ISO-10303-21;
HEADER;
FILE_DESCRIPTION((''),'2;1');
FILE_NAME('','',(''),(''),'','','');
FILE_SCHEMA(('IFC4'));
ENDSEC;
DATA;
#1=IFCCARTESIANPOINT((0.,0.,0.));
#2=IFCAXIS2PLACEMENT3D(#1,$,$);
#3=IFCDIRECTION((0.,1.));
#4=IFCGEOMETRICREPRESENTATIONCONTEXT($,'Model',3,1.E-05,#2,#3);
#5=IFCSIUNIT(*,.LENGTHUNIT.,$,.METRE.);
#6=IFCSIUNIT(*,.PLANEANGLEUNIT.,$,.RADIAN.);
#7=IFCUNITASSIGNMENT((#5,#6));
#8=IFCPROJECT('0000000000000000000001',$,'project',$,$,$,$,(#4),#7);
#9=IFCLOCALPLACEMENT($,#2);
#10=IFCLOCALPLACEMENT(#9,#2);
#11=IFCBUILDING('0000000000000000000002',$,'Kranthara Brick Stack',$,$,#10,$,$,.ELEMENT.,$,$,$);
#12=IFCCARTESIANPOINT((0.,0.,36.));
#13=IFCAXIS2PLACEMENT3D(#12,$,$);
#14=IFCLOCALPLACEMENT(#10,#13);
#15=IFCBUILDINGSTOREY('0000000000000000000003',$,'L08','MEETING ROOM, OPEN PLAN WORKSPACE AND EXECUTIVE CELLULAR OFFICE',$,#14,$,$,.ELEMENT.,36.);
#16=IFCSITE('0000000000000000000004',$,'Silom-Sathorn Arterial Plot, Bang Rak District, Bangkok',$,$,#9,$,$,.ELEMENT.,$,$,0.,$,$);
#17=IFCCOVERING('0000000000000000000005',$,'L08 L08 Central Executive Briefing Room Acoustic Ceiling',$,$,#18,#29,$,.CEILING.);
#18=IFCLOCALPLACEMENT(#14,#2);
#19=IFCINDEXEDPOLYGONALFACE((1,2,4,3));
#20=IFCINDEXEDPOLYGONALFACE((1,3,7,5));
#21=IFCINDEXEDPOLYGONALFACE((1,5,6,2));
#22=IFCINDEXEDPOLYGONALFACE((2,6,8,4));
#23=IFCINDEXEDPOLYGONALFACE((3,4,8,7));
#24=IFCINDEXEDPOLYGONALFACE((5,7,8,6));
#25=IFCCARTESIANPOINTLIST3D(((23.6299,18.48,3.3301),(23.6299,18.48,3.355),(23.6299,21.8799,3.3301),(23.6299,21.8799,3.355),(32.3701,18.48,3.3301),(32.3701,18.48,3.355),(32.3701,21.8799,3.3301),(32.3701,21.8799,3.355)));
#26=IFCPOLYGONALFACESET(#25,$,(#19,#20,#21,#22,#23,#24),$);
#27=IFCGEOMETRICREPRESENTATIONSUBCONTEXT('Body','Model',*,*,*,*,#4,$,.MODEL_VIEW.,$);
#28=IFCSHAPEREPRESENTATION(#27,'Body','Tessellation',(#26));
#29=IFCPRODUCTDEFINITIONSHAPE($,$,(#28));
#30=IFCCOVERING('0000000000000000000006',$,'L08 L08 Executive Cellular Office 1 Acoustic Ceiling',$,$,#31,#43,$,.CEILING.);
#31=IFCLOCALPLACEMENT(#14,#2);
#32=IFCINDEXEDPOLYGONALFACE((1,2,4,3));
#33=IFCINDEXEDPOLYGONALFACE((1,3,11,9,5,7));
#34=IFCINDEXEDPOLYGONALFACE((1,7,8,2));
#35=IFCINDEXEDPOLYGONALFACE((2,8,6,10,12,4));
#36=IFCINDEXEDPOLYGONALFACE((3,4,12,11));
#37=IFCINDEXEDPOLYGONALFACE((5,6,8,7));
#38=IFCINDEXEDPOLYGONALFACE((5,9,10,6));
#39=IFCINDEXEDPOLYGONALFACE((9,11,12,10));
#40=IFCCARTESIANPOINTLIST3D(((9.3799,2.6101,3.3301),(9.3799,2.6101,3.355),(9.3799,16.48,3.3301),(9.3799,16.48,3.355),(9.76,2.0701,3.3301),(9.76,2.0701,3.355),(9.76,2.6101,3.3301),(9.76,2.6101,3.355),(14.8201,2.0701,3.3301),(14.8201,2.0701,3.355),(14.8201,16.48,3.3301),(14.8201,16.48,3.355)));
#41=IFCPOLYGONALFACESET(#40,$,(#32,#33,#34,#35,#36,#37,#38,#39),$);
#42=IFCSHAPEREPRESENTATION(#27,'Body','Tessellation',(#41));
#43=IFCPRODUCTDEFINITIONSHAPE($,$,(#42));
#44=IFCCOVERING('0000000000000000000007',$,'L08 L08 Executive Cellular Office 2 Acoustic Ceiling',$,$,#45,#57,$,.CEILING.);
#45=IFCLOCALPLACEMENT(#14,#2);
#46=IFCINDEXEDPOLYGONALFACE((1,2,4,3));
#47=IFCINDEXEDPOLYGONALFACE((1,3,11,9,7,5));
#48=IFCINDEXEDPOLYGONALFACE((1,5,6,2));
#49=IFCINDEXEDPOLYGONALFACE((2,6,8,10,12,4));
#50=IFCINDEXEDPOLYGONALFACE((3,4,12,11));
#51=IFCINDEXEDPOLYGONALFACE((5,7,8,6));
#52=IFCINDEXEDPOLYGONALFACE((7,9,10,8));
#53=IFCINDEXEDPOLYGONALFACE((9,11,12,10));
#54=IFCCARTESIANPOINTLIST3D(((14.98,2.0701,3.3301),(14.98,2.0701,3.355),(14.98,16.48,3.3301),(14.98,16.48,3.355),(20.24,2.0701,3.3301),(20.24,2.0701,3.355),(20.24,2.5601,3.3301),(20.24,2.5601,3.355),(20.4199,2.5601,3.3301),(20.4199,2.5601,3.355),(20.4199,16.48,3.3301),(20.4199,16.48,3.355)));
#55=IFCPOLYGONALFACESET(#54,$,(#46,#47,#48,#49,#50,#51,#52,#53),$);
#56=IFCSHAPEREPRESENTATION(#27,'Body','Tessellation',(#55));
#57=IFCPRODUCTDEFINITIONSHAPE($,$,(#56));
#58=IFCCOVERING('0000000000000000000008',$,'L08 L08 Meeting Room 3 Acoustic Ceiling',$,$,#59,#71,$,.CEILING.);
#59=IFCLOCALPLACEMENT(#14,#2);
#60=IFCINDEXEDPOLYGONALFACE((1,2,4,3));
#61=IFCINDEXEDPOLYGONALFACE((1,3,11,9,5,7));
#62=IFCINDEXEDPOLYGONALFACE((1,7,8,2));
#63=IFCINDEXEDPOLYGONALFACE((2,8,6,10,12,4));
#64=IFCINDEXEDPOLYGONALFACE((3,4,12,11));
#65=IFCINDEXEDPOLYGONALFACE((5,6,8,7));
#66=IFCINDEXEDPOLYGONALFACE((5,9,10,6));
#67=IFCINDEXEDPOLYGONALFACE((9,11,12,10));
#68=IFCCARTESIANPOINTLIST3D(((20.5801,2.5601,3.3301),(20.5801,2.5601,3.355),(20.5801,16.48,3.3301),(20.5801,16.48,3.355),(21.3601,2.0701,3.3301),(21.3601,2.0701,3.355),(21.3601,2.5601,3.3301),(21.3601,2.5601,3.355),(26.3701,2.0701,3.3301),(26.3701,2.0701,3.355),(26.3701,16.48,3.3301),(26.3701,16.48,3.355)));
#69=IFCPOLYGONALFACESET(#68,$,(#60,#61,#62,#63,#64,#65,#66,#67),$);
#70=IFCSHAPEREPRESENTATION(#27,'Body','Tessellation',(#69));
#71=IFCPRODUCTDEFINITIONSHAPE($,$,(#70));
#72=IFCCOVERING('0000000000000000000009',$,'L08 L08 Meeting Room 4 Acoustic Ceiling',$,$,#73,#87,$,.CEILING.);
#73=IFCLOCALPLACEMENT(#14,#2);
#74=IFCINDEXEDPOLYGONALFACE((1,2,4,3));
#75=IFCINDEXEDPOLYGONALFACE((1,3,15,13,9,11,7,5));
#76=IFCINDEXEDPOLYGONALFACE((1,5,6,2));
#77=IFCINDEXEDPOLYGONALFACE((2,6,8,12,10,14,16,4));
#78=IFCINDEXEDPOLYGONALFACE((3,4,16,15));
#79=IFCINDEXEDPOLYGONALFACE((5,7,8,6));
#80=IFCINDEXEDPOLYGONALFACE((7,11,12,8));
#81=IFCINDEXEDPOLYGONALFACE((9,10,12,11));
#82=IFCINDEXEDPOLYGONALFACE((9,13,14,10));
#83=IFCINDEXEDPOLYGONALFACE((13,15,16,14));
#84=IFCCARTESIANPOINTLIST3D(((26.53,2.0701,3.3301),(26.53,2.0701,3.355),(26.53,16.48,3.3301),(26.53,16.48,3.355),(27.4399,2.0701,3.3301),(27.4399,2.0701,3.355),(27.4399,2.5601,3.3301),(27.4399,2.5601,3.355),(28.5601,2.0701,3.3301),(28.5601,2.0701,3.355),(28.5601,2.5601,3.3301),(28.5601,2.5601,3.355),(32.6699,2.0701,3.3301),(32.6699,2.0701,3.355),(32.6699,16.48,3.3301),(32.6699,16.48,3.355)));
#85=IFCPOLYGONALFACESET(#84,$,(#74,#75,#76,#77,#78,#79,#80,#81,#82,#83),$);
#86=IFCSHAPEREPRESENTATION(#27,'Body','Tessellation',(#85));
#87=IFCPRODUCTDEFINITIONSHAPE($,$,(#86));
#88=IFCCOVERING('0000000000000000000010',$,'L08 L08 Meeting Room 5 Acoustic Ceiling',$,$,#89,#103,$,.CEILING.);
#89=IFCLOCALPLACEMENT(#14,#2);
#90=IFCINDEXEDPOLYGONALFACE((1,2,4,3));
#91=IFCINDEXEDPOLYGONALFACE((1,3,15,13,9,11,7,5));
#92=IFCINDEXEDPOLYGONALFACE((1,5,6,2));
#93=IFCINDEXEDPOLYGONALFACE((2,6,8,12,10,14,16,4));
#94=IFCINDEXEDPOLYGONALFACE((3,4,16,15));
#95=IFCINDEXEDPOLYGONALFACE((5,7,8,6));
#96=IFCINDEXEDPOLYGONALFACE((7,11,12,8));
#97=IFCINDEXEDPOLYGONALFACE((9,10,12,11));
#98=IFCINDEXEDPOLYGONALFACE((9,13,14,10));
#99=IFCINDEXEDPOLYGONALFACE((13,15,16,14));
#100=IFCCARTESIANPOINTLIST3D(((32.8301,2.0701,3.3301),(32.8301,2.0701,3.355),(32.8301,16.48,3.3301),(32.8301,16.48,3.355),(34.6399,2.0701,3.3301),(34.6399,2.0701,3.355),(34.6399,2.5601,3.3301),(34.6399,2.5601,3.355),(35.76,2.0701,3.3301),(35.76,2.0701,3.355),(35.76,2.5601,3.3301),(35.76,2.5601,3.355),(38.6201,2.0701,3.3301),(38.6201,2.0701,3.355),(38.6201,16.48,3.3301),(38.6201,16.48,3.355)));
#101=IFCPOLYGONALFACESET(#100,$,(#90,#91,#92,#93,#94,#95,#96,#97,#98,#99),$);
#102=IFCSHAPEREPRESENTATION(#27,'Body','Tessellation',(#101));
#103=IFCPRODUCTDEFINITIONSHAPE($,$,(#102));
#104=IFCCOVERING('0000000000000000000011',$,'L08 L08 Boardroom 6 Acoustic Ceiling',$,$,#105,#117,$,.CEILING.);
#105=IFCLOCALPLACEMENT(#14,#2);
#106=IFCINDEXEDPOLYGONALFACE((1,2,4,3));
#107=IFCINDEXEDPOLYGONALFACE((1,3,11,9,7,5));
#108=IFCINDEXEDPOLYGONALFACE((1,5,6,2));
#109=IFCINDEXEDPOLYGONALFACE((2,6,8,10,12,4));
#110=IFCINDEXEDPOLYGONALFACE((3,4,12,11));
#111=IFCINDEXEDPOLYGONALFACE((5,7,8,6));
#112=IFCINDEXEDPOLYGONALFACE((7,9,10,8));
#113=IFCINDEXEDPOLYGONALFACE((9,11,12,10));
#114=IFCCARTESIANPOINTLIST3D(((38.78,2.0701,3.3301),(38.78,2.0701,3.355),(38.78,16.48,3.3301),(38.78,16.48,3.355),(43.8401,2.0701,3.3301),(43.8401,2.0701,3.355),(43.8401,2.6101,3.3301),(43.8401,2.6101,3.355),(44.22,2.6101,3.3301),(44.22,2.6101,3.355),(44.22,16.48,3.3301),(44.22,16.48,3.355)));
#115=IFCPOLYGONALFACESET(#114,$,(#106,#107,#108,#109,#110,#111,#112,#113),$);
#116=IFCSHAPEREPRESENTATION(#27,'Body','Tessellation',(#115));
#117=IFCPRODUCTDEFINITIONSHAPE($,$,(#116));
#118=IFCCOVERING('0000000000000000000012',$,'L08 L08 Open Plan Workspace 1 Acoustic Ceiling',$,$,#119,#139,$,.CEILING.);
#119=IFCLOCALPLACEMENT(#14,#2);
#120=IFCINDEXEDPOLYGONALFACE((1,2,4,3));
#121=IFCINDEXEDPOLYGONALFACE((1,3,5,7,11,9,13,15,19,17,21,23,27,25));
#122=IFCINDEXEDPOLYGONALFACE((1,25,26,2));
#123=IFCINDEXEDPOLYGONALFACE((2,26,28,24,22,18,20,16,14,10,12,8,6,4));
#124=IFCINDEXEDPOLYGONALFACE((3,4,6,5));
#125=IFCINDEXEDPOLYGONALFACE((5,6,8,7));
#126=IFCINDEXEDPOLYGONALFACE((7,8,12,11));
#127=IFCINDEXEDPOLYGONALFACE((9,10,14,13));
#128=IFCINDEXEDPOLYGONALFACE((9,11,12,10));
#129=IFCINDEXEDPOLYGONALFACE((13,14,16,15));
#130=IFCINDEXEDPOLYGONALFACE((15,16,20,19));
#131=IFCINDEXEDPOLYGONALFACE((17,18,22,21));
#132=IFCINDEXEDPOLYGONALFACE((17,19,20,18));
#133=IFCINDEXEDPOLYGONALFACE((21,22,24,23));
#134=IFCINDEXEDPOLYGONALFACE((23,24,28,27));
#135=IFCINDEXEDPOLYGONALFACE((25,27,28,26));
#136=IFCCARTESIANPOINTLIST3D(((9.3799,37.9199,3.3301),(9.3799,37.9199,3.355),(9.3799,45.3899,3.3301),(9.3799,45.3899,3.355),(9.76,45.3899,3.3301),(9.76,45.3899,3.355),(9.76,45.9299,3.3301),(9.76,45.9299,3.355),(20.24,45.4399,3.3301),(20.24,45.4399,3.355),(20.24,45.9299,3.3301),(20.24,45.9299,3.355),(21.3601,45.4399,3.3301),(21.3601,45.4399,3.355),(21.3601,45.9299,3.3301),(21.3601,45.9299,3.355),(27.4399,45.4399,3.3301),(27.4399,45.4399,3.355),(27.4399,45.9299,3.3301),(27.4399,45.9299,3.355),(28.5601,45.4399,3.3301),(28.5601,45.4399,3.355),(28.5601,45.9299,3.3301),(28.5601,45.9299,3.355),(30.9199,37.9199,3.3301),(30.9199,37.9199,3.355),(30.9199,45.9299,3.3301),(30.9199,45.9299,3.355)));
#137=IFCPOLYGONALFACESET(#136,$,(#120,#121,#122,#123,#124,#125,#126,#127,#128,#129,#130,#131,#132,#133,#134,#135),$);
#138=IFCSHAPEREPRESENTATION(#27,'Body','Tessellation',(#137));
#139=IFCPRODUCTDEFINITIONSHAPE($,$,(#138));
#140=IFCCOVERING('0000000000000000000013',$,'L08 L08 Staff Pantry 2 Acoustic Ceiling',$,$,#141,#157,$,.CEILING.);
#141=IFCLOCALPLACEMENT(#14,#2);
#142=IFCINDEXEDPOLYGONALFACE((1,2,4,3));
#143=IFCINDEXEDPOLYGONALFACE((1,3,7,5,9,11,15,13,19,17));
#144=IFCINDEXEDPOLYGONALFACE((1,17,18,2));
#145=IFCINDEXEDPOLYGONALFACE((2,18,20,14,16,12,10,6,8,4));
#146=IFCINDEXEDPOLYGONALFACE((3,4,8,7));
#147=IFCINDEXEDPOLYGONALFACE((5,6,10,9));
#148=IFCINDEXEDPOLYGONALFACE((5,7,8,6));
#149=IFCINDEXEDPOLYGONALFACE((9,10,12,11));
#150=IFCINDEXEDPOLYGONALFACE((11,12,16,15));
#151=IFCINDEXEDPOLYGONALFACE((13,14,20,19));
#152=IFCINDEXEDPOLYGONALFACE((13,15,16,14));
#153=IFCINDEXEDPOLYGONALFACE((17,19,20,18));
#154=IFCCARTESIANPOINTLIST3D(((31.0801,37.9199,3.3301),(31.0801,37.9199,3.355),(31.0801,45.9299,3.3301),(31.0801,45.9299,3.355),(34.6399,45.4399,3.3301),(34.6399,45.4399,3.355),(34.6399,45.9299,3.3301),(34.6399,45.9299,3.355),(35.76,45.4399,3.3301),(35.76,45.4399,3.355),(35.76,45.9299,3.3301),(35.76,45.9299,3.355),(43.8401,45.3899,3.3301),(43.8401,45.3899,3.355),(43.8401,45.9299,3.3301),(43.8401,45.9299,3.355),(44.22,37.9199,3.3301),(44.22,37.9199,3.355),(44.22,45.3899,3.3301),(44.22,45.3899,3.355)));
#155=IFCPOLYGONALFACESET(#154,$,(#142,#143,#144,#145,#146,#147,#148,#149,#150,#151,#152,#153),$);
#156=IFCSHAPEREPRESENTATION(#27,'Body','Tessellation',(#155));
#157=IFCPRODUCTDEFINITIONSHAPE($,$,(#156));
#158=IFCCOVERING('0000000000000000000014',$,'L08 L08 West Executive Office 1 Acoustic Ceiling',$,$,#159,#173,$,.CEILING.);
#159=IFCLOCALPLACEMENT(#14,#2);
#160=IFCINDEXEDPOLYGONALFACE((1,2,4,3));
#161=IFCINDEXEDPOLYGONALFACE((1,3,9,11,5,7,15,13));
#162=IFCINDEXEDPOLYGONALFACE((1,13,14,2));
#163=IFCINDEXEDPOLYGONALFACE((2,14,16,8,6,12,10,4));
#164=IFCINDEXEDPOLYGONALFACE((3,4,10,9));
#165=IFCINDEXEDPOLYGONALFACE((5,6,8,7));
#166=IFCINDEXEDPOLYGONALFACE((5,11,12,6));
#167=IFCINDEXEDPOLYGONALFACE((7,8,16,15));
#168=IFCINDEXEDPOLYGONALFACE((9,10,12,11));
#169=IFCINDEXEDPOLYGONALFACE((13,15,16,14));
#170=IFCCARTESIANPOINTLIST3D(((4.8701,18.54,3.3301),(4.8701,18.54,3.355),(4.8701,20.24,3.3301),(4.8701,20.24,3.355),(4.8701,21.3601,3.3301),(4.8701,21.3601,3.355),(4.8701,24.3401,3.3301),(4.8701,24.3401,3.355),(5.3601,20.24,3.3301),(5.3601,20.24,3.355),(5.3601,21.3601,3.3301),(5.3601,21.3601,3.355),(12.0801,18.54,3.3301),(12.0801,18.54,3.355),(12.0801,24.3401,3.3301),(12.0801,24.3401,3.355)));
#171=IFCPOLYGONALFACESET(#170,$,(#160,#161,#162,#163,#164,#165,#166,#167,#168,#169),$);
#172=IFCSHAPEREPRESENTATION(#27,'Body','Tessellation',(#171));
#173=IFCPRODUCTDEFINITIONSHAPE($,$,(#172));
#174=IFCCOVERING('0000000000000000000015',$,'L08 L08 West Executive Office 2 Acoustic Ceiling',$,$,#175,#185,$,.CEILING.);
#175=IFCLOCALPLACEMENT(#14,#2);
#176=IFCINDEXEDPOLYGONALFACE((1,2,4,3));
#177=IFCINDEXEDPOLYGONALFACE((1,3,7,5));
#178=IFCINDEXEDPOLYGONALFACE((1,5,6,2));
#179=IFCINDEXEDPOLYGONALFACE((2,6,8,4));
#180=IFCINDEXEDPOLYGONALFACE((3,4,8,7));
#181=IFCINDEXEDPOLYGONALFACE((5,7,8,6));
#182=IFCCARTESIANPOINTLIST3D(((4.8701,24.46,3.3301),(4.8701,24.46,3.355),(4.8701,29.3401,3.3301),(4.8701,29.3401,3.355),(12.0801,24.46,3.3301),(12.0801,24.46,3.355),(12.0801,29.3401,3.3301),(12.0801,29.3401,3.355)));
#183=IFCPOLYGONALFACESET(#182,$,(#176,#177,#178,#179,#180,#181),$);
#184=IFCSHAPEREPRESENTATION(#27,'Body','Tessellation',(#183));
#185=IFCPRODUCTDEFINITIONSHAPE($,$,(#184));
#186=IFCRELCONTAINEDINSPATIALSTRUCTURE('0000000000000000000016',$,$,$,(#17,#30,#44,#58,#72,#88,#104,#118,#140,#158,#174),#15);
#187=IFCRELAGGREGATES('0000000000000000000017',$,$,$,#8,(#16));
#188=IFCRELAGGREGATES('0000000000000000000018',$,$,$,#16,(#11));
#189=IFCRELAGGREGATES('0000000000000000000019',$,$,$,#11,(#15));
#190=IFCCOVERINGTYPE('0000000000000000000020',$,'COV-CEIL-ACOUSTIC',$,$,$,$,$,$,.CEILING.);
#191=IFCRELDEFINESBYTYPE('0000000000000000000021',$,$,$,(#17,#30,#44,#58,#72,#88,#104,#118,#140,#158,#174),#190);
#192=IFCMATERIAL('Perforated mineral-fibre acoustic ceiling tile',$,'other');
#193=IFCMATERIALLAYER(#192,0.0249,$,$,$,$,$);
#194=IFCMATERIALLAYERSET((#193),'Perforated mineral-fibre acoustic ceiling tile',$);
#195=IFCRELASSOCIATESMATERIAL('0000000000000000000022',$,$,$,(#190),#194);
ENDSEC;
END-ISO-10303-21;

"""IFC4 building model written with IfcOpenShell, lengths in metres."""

from ifc_helpers import new_model, si_unit, direction, frame, origin, place, context, subcontext, project, spatial, polyline, outline, extrude, material, layer, layer_set, type_object, element, save


model = new_model("IFC4")

# Units and contexts
model_context = context("Model", 3, precision=1e-05, world=origin(), true_north=direction((0.0, 1.0)))
body_context = subcontext(model_context, "Body", "Model", "MODEL_VIEW")
ifc_project = project(units=[si_unit("LENGTHUNIT", "METRE"), si_unit("PLANEANGLEUNIT", "RADIAN")], contexts=[model_context])

# Site, building, storey
site_placement = place(None, origin())
site = spatial("IfcSite", under=ifc_project, at=site_placement, Name="Silom-Sathorn Arterial Plot, Bang Rak District, Bangkok", CompositionType="ELEMENT", RefElevation=0.0)
building_placement = place(site_placement, origin())
building = spatial("IfcBuilding", under=site, at=building_placement, Name="Kranthara Brick Stack", CompositionType="ELEMENT")
storey_placement = place(building_placement, frame((0.0, 0.0, 36.0)))
storey = spatial("IfcBuildingStorey", under=building, at=storey_placement, Name="L08", Description="MEETING ROOM, OPEN PLAN WORKSPACE AND EXECUTIVE CELLULAR OFFICE", CompositionType="ELEMENT", Elevation=36.0)

# Coverings
ifc_material_1 = material(Name="Perforated mineral-fibre acoustic ceiling tile", Category="other")
ifc_layer_1 = layer(ifc_material_1, 0.0249)
ifc_layer_set_1 = layer_set([ifc_layer_1], Name="Perforated mineral-fibre acoustic ceiling tile")
covering_type_1 = type_object("IfcCoveringType", Name="COV-CEIL-ACOUSTIC", PredefinedType="CEILING", material=ifc_layer_set_1)
covering_1_placement = place(storey_placement, frame((0.0, 0.0, 3.3301)))
element("IfcCovering", 1, at=covering_1_placement, inside=storey, type_object=covering_type_1, Name="L08 L08 Central Executive Briefing Room Acoustic Ceiling", PredefinedType="CEILING", context=body_context, shape_type="SweptSolid", body=[
    extrude(outline(polyline([(32.3701, 18.48), (32.3701, 21.8799), (23.6299, 21.8799), (23.6299, 18.48), (32.3701, 18.48)])), origin(), (0.0, 0.0, 1.0), 0.0249),
])
covering_2_placement = place(storey_placement, frame((0.0, 0.0, 3.3301)))
element("IfcCovering", 2, at=covering_2_placement, inside=storey, type_object=covering_type_1, Name="L08 L08 Executive Cellular Office 1 Acoustic Ceiling", PredefinedType="CEILING", context=body_context, shape_type="SweptSolid", body=[
    extrude(outline(polyline([(9.3799, 16.48), (14.8201, 16.48), (14.8201, 2.0701), (9.76, 2.0701), (9.76, 2.6101), (9.3799, 2.6101), (9.3799, 16.48)])), origin(), (0.0, 0.0, 1.0), 0.0249),
])
covering_3_placement = place(storey_placement, frame((0.0, 0.0, 3.3301)))
element("IfcCovering", 3, at=covering_3_placement, inside=storey, type_object=covering_type_1, Name="L08 L08 Executive Cellular Office 2 Acoustic Ceiling", PredefinedType="CEILING", context=body_context, shape_type="SweptSolid", body=[
    extrude(outline(polyline([(14.98, 2.0701), (14.98, 16.48), (20.4199, 16.48), (20.4199, 2.5601), (20.24, 2.5601), (20.24, 2.0701), (14.98, 2.0701)])), origin(), (0.0, 0.0, 1.0), 0.0249),
])
covering_4_placement = place(storey_placement, frame((0.0, 0.0, 3.3301)))
element("IfcCovering", 4, at=covering_4_placement, inside=storey, type_object=covering_type_1, Name="L08 L08 Meeting Room 3 Acoustic Ceiling", PredefinedType="CEILING", context=body_context, shape_type="SweptSolid", body=[
    extrude(outline(polyline([(20.5801, 16.48), (26.3701, 16.48), (26.3701, 2.0701), (21.3601, 2.0701), (21.3601, 2.5601), (20.5801, 2.5601), (20.5801, 16.48)])), origin(), (0.0, 0.0, 1.0), 0.0249),
])
covering_5_placement = place(storey_placement, frame((0.0, 0.0, 3.3301)))
element("IfcCovering", 5, at=covering_5_placement, inside=storey, type_object=covering_type_1, Name="L08 L08 Meeting Room 4 Acoustic Ceiling", PredefinedType="CEILING", context=body_context, shape_type="SweptSolid", body=[
    extrude(outline(polyline([(26.53, 2.0701), (26.53, 16.48), (32.6699, 16.48), (32.6699, 2.0701), (28.5601, 2.0701), (28.5601, 2.5601), (27.4399, 2.5601), (27.4399, 2.0701), (26.53, 2.0701)])), origin(), (0.0, 0.0, 1.0), 0.0249),
])
covering_6_placement = place(storey_placement, frame((0.0, 0.0, 3.3301)))
element("IfcCovering", 6, at=covering_6_placement, inside=storey, type_object=covering_type_1, Name="L08 L08 Meeting Room 5 Acoustic Ceiling", PredefinedType="CEILING", context=body_context, shape_type="SweptSolid", body=[
    extrude(outline(polyline([(32.8301, 2.0701), (32.8301, 16.48), (38.6201, 16.48), (38.6201, 2.0701), (35.76, 2.0701), (35.76, 2.5601), (34.6399, 2.5601), (34.6399, 2.0701), (32.8301, 2.0701)])), origin(), (0.0, 0.0, 1.0), 0.0249),
])
covering_7_placement = place(storey_placement, frame((0.0, 0.0, 3.3301)))
element("IfcCovering", 7, at=covering_7_placement, inside=storey, type_object=covering_type_1, Name="L08 L08 Boardroom 6 Acoustic Ceiling", PredefinedType="CEILING", context=body_context, shape_type="SweptSolid", body=[
    extrude(outline(polyline([(38.78, 2.0701), (38.78, 16.48), (44.22, 16.48), (44.22, 2.6101), (43.8401, 2.6101), (43.8401, 2.0701), (38.78, 2.0701)])), origin(), (0.0, 0.0, 1.0), 0.0249),
])
covering_8_placement = place(storey_placement, frame((0.0, 0.0, 3.3301)))
element("IfcCovering", 8, at=covering_8_placement, inside=storey, type_object=covering_type_1, Name="L08 L08 Open Plan Workspace 1 Acoustic Ceiling", PredefinedType="CEILING", context=body_context, shape_type="SweptSolid", body=[
    extrude(outline(polyline([(9.3799, 37.9199), (9.3799, 45.3899), (9.76, 45.3899), (9.76, 45.9299), (20.24, 45.9299), (20.24, 45.4399), (21.3601, 45.4399), (21.3601, 45.9299), (27.4399, 45.9299), (27.4399, 45.4399), (28.5601, 45.4399), (28.5601, 45.9299), (30.9199, 45.9299), (30.9199, 37.9199), (9.3799, 37.9199)])), origin(), (0.0, 0.0, 1.0), 0.0249),
])
covering_9_placement = place(storey_placement, frame((0.0, 0.0, 3.3301)))
element("IfcCovering", 9, at=covering_9_placement, inside=storey, type_object=covering_type_1, Name="L08 L08 Staff Pantry 2 Acoustic Ceiling", PredefinedType="CEILING", context=body_context, shape_type="SweptSolid", body=[
    extrude(outline(polyline([(44.22, 37.9199), (31.0801, 37.9199), (31.0801, 45.9299), (34.6399, 45.9299), (34.6399, 45.4399), (35.76, 45.4399), (35.76, 45.9299), (43.8401, 45.9299), (43.8401, 45.3899), (44.22, 45.3899), (44.22, 37.9199)])), origin(), (0.0, 0.0, 1.0), 0.0249),
])
covering_10_placement = place(storey_placement, frame((0.0, 0.0, 3.3301)))
element("IfcCovering", 10, at=covering_10_placement, inside=storey, type_object=covering_type_1, Name="L08 L08 West Executive Office 1 Acoustic Ceiling", PredefinedType="CEILING", context=body_context, shape_type="SweptSolid", body=[
    extrude(outline(polyline([(4.8701, 24.3401), (12.0801, 24.3401), (12.0801, 18.54), (4.8701, 18.54), (4.8701, 20.24), (5.3601, 20.24), (5.3601, 21.3601), (4.8701, 21.3601), (4.8701, 24.3401)])), origin(), (0.0, 0.0, 1.0), 0.0249),
])
covering_11_placement = place(storey_placement, frame((0.0, 0.0, 3.3301)))
element("IfcCovering", 11, at=covering_11_placement, inside=storey, type_object=covering_type_1, Name="L08 L08 West Executive Office 2 Acoustic Ceiling", PredefinedType="CEILING", context=body_context, shape_type="SweptSolid", body=[
    extrude(outline(polyline([(12.0801, 24.46), (12.0801, 29.3401), (4.8701, 29.3401), (4.8701, 24.46), (12.0801, 24.46)])), origin(), (0.0, 0.0, 1.0), 0.0249),
])

save(model, "model.ifc")
